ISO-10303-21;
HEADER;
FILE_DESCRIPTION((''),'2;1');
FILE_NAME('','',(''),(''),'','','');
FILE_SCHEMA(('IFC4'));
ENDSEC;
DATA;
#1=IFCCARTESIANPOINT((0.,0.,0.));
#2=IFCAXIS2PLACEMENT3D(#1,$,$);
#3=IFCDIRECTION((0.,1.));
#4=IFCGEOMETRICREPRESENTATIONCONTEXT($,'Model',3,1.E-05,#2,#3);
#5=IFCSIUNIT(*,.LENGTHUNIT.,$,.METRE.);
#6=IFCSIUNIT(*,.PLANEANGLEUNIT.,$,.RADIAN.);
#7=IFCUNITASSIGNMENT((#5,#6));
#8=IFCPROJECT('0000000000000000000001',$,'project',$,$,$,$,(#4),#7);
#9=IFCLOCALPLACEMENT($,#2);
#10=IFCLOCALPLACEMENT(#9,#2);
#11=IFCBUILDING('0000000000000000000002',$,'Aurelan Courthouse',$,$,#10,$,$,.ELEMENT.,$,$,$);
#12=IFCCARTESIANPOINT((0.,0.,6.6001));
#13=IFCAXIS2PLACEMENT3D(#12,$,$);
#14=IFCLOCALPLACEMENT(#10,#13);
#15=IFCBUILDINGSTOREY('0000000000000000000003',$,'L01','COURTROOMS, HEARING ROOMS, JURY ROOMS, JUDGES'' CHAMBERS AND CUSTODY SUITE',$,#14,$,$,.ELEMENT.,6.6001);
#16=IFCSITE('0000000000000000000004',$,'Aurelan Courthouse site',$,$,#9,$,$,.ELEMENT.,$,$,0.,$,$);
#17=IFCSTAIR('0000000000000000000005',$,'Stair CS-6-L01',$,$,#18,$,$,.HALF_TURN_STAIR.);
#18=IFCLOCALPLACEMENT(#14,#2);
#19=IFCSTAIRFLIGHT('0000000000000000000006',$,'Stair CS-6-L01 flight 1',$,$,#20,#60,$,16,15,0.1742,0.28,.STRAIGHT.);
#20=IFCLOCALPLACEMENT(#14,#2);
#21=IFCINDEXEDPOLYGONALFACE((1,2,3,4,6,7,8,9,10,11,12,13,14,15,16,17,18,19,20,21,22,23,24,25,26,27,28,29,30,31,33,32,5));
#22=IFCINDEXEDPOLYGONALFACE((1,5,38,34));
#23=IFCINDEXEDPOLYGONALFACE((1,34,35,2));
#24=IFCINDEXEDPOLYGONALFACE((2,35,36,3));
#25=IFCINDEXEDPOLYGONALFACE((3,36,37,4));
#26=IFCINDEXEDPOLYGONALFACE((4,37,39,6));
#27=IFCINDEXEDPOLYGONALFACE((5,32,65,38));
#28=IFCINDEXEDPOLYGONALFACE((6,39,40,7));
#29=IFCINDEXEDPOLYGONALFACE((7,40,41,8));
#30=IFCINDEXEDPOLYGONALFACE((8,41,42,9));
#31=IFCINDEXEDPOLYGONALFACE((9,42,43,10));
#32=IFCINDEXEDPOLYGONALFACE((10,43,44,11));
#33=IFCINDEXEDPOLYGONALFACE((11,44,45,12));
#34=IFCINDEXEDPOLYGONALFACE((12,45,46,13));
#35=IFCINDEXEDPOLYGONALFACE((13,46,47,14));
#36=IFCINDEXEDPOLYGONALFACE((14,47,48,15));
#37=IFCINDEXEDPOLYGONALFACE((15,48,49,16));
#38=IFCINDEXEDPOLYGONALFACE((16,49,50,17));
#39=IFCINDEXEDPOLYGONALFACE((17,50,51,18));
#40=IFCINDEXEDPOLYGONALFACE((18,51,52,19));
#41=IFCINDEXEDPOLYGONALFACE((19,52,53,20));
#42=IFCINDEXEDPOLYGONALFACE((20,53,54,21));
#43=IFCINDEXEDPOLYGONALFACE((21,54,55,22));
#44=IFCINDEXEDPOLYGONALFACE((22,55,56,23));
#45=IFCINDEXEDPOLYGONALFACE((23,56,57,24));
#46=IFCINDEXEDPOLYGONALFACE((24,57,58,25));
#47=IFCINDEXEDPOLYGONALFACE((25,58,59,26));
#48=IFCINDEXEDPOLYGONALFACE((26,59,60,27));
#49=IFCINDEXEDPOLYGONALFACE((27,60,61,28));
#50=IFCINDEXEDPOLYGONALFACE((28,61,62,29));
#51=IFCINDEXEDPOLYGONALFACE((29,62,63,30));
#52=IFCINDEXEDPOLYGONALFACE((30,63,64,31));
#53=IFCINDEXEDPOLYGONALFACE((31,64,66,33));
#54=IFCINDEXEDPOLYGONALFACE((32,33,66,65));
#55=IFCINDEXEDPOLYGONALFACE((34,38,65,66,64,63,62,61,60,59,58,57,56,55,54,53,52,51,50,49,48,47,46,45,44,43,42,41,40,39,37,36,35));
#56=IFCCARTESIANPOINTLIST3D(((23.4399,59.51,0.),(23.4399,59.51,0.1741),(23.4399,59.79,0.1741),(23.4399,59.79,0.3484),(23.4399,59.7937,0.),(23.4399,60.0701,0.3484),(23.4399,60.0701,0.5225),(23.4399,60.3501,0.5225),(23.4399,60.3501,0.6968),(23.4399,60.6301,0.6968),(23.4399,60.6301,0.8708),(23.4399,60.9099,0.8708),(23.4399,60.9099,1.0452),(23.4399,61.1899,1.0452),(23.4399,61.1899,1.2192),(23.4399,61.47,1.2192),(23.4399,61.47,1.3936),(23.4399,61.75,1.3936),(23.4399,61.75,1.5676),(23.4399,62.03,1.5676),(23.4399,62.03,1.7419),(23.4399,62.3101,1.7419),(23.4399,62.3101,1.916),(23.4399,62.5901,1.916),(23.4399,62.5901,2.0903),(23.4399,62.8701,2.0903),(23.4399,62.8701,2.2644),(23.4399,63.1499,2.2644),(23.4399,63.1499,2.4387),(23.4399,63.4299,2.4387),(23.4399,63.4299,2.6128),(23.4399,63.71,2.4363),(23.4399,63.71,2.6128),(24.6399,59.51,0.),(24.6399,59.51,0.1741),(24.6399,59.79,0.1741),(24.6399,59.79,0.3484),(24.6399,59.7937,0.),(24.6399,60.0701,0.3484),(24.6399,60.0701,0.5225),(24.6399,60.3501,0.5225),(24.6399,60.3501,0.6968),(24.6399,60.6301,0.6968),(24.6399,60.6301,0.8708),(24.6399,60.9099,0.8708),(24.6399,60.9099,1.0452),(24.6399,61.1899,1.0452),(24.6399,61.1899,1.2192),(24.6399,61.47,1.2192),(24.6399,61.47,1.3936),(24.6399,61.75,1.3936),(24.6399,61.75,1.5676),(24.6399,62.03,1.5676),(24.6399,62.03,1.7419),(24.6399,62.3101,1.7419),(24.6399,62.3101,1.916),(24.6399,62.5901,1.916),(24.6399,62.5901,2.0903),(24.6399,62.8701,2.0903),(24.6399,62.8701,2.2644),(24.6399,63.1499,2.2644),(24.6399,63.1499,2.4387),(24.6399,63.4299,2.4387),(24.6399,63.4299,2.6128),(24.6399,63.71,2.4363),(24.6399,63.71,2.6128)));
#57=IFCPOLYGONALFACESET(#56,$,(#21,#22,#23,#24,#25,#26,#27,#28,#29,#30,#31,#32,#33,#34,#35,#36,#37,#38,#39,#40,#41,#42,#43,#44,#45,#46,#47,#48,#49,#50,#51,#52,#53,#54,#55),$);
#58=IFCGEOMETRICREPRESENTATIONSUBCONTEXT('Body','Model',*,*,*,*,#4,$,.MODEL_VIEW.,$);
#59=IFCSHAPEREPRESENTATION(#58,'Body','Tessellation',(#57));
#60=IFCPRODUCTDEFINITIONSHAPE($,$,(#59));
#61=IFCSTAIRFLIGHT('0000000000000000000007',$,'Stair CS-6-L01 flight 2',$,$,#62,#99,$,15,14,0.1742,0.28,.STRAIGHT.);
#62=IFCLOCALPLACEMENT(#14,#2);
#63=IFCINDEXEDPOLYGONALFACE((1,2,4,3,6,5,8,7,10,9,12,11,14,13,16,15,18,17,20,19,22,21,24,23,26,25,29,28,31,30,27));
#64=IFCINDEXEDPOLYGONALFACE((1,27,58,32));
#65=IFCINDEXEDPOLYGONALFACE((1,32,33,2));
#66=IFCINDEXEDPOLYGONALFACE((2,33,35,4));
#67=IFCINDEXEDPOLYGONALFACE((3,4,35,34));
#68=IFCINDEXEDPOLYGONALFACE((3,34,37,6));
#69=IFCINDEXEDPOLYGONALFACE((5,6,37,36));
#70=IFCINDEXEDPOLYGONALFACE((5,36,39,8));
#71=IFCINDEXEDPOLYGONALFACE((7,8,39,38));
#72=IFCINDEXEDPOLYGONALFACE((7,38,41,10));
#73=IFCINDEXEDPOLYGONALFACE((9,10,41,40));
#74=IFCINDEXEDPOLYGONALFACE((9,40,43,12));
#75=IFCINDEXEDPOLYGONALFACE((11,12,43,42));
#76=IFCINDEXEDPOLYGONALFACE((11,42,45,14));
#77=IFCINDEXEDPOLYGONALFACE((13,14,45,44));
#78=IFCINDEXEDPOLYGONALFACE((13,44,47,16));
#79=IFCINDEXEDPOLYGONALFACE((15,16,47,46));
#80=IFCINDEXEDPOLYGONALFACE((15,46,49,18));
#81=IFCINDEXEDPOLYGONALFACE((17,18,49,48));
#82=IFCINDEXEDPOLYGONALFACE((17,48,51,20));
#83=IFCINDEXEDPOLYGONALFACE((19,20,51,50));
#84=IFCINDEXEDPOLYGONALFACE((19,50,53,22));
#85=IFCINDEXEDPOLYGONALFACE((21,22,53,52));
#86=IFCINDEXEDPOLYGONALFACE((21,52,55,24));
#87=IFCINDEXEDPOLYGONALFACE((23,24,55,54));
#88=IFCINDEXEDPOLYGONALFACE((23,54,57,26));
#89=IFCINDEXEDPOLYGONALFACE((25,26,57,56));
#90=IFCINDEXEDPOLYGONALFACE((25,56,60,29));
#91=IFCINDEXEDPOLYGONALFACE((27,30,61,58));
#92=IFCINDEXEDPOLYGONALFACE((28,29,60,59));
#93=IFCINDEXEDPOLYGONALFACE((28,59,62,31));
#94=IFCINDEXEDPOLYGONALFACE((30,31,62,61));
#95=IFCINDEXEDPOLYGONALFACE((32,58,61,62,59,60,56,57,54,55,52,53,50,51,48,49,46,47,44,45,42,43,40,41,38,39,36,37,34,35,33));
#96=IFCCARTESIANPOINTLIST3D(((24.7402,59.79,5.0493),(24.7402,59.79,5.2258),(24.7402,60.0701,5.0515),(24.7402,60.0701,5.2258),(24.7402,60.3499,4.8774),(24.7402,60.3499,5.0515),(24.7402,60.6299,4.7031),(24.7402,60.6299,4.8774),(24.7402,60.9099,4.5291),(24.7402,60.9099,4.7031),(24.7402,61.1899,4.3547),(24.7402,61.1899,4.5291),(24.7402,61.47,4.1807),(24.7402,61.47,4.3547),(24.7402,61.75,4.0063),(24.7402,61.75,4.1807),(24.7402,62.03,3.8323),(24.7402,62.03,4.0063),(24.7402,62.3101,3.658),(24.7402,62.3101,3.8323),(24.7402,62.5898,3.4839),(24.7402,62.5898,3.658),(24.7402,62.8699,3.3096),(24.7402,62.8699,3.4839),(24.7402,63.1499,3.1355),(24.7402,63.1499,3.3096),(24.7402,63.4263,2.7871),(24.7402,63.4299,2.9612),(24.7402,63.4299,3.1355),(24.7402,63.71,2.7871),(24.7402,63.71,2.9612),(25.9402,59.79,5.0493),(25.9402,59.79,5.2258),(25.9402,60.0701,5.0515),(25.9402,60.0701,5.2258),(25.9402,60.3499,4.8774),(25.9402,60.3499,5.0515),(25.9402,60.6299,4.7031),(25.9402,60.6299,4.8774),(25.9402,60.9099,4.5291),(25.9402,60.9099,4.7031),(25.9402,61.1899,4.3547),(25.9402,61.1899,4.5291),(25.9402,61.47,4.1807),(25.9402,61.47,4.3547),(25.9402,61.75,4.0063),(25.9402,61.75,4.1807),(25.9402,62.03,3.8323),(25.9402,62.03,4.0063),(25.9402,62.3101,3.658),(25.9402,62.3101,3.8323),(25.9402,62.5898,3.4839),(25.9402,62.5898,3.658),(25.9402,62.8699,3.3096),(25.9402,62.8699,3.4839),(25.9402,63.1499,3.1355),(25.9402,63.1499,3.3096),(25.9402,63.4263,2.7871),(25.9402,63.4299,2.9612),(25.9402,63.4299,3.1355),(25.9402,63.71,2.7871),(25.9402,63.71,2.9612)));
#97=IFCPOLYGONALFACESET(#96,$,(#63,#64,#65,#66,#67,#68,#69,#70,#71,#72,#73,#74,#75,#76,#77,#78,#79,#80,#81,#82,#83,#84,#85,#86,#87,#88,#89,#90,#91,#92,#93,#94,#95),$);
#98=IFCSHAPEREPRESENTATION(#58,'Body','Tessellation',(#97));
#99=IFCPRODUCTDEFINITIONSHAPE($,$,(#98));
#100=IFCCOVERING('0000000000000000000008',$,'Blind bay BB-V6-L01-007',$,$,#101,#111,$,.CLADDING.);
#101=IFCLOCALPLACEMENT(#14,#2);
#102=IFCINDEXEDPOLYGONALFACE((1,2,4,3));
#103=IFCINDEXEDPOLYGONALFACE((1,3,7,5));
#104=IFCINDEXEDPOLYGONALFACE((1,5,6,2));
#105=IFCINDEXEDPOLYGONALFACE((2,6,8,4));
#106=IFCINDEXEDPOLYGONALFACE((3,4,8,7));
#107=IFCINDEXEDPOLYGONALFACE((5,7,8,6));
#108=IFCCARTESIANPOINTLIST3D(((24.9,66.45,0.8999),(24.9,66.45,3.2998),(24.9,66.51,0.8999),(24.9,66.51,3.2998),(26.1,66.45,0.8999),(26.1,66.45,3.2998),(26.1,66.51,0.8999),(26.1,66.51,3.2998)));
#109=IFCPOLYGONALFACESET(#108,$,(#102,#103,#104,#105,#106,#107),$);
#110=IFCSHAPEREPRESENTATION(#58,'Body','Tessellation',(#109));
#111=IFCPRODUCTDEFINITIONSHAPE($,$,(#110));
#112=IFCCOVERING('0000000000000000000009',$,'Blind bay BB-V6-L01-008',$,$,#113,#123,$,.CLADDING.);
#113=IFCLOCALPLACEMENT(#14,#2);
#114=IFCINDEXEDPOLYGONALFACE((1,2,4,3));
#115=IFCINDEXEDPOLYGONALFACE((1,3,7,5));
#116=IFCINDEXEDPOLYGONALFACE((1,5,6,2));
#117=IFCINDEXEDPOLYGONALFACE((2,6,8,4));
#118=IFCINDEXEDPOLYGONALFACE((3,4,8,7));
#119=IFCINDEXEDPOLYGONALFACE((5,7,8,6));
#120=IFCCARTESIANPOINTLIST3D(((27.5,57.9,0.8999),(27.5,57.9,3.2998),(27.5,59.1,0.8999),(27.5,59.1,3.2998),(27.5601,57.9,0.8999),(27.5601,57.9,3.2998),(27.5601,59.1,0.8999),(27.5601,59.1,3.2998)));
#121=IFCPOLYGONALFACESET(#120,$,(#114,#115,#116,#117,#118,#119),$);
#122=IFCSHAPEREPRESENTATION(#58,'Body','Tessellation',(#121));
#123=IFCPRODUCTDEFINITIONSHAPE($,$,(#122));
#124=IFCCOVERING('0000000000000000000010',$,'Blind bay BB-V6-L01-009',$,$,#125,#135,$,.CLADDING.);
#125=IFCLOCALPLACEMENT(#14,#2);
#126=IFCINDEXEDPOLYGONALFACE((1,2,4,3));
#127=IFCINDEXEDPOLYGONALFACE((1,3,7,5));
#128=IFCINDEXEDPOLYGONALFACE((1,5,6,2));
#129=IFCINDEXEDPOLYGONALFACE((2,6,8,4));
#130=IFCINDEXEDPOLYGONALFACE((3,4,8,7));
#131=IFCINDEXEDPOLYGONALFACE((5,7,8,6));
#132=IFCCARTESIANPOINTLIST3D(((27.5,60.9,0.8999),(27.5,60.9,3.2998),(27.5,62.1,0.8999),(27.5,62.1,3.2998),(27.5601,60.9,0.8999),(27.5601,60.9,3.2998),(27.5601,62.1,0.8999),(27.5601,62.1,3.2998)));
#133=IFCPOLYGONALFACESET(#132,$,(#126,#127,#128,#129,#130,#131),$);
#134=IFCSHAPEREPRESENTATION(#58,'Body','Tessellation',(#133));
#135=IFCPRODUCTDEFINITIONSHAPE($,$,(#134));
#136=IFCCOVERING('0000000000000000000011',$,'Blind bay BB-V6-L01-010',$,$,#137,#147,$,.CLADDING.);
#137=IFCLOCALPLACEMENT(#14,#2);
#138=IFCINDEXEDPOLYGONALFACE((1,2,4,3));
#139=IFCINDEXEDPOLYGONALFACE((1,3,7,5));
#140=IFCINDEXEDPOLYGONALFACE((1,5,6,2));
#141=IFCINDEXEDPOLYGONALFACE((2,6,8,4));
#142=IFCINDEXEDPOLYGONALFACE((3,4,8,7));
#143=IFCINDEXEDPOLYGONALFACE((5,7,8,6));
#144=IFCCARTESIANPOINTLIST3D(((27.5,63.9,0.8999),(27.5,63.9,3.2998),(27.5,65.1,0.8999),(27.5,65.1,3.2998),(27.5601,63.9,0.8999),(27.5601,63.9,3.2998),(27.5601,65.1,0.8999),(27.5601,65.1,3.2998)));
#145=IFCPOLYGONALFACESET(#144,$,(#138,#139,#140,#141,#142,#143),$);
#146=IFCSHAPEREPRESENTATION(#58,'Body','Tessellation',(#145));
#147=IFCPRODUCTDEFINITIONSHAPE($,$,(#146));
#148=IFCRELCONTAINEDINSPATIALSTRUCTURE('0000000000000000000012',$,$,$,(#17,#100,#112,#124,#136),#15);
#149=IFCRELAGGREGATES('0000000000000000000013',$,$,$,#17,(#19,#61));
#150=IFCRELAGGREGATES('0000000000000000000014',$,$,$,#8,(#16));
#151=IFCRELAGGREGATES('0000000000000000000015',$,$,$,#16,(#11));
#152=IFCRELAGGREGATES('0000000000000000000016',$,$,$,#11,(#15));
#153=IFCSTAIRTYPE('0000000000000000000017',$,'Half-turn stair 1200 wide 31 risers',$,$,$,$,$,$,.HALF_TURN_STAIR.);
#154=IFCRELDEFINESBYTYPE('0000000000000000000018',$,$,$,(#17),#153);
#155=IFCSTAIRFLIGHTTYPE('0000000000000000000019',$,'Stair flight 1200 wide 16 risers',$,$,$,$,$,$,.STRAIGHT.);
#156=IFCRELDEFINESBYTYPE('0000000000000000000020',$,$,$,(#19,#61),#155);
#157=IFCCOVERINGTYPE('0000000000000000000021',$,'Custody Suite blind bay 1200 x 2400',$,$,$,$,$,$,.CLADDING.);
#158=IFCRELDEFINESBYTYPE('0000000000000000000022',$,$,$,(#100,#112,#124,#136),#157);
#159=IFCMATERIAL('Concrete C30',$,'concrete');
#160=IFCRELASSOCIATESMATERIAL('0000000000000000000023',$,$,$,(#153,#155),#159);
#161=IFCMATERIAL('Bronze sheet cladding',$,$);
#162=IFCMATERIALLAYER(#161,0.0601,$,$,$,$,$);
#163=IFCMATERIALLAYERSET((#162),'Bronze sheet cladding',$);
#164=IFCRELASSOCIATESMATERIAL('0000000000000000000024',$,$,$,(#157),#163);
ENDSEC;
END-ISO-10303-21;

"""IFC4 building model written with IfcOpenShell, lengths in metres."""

from ifc_helpers import new_model, si_unit, direction, frame, origin, origin_2d, place, context, subcontext, project, spatial, polyline, rectangle, outline, extrude, material, layer, layer_set, type_object, element, aggregate, save


model = new_model("IFC4")

# Units and contexts
model_context = context("Model", 3, precision=1e-05, world=origin(), true_north=direction((0.0, 1.0)))
body_context = subcontext(model_context, "Body", "Model", "MODEL_VIEW")
ifc_project = project(units=[si_unit("LENGTHUNIT", "METRE"), si_unit("PLANEANGLEUNIT", "RADIAN")], contexts=[model_context])

# Site, building, storey
site_placement = place(None, origin())
site = spatial("IfcSite", under=ifc_project, at=site_placement, Name="Aurelan Courthouse site", CompositionType="ELEMENT", RefElevation=0.0)
building_placement = place(site_placement, origin())
building = spatial("IfcBuilding", under=site, at=building_placement, Name="Aurelan Courthouse", CompositionType="ELEMENT")
storey_placement = place(building_placement, frame((0.0, 0.0, 6.6001)))
storey = spatial("IfcBuildingStorey", under=building, at=storey_placement, Name="L01", Description="COURTROOMS, HEARING ROOMS, JURY ROOMS, JUDGES' CHAMBERS AND CUSTODY SUITE", CompositionType="ELEMENT", Elevation=6.6001)

# Shared definitions
ifc_material_1 = material(Name="Concrete C30", Category="concrete")

# Stair, stair flights
stair_type = type_object("IfcStairType", Name="Half-turn stair 1200 wide 31 risers", PredefinedType="HALF_TURN_STAIR", material=ifc_material_1)
stair_placement = place(storey_placement, origin())
stair = element("IfcStair", 1, at=stair_placement, inside=storey, type_object=stair_type, Name="Stair CS-6-L01", PredefinedType="HALF_TURN_STAIR")
stair_flight_type = type_object("IfcStairFlightType", Name="Stair flight 1200 wide 16 risers", PredefinedType="STRAIGHT", material=ifc_material_1)
stair_flight_1_placement = place(storey_placement, frame((24.04, 59.51, 0.0), z_axis=(0.0, 0.0, 1.0), x_axis=(0.0, 1.0, 0.0)))
stair_flight_1 = element("IfcStairFlight", 2, at=stair_flight_1_placement, type_object=stair_flight_type, Name="Stair CS-6-L01 flight 1", NumberOfRisers=16, NumberOfTreads=15, PredefinedType="STRAIGHT", RiserHeight=0.1742, TreadLength=0.28, context=body_context, shape_type="SweptSolid", body=[
    extrude(outline(polyline([(0.0, 0.0), (0.0, 0.1741), (0.28, 0.1741), (0.28, 0.3484), (0.5601, 0.3484), (0.5601, 0.5225), (0.8401, 0.5225), (0.8401, 0.6968), (1.1201, 0.6968), (1.1201, 0.8708), (1.3999, 0.8708), (1.3999, 1.0452), (1.6799, 1.0452), (1.6799, 1.2192), (1.96, 1.2192), (1.96, 1.3936), (2.24, 1.3936), (2.24, 1.5676), (2.52, 1.5676), (2.52, 1.7419), (2.8, 1.7419), (2.8, 1.916), (3.0801, 1.916), (3.0801, 2.0903), (3.3601, 2.0903), (3.3601, 2.2644), (3.6399, 2.2644), (3.6399, 2.4387), (3.9199, 2.4387), (3.9199, 2.6128), (4.2, 2.6128), (4.2, 2.7871), (4.2, 2.4363), (0.2837, 0.0), (0.0, 0.0)])), frame((0.0, 0.6001, 0.0), z_axis=(0.0, -1.0, 0.0), x_axis=(1.0, 0.0, 0.0)), (0.0, 0.0, 1.0), 1.2),
])
stair_flight_2_placement = place(storey_placement, frame((25.3401, 63.71, 2.7871), z_axis=(0.0, 0.0, 1.0), x_axis=(0.0, -1.0, 0.0)))
stair_flight_2 = element("IfcStairFlight", 3, at=stair_flight_2_placement, type_object=stair_flight_type, Name="Stair CS-6-L01 flight 2", NumberOfRisers=15, NumberOfTreads=14, PredefinedType="STRAIGHT", RiserHeight=0.1742, TreadLength=0.28, context=body_context, shape_type="SweptSolid", body=[
    extrude(outline(polyline([(0.0, 0.0), (0.0, 0.1741), (0.28, 0.1741), (0.28, 0.3484), (0.5601, 0.3484), (0.5601, 0.5225), (0.8401, 0.5225), (0.8401, 0.6968), (1.1201, 0.6968), (1.1201, 0.8708), (1.3999, 0.8708), (1.3999, 1.0452), (1.6799, 1.0452), (1.6799, 1.2192), (1.96, 1.2192), (1.96, 1.3936), (2.24, 1.3936), (2.24, 1.5676), (2.52, 1.5676), (2.52, 1.7419), (2.8, 1.7419), (2.8, 1.916), (3.0801, 1.916), (3.0801, 2.0903), (3.3601, 2.0903), (3.3601, 2.2644), (3.6399, 2.2644), (3.6399, 2.4387), (3.9199, 2.4387), (3.9199, 2.6128), (3.9199, 2.2622), (0.2837, 0.0), (0.0, 0.0)])), frame((0.0, 0.6001, 0.0), z_axis=(0.0, -1.0, 0.0), x_axis=(1.0, 0.0, 0.0)), (0.0, 0.0, 1.0), 1.2),
])
aggregate(stair, [stair_flight_1, stair_flight_2])

# Coverings
ifc_material_2 = material(Name="Bronze sheet cladding")
ifc_layer_1 = layer(ifc_material_2, 0.0601)
ifc_layer_set_1 = layer_set([ifc_layer_1], Name="Bronze sheet cladding")
covering_type = type_object("IfcCoveringType", Name="Custody Suite blind bay 1200 x 2400", PredefinedType="CLADDING", material=ifc_layer_set_1)
covering_placement = place(storey_placement, frame((25.5, 66.48, 0.8999), z_axis=(0.0, 0.0, 1.0), x_axis=(1.0, 0.0, 0.0)))
element("IfcCovering", 4, at=covering_placement, inside=storey, type_object=covering_type, Name="Blind bay BB-V6-L01-007", PredefinedType="CLADDING", context=body_context, shape_type="SweptSolid", body=[
    extrude(rectangle(XDim=1.2, YDim=0.0601, at=origin_2d()), origin(), (0.0, 0.0, 1.0), 2.3999),
])
for number, where, z_axis, x_axis, name in (
    (5, (27.53, 58.5, 0.8999), (0.0, 0.0, 1.0), (1.0, 0.0, 0.0), "Blind bay BB-V6-L01-008"),
    (6, (27.53, 61.5, 0.8999), (0.0, 0.0, 1.0), (1.0, 0.0, 0.0), "Blind bay BB-V6-L01-009"),
    (7, (27.53, 64.5, 0.8999), (0.0, 0.0, 1.0), (1.0, 0.0, 0.0), "Blind bay BB-V6-L01-010"),
):
    element("IfcCovering", number, at=place(storey_placement, frame(where, z_axis=z_axis, x_axis=x_axis)), inside=storey, type_object=covering_type, Name=name, PredefinedType="CLADDING", context=body_context, shape_type="SweptSolid", body=[
        extrude(rectangle(XDim=0.0601, YDim=1.2, at=origin_2d()), origin(), (0.0, 0.0, 1.0), 2.3999),
    ])

save(model, "model.ifc")
